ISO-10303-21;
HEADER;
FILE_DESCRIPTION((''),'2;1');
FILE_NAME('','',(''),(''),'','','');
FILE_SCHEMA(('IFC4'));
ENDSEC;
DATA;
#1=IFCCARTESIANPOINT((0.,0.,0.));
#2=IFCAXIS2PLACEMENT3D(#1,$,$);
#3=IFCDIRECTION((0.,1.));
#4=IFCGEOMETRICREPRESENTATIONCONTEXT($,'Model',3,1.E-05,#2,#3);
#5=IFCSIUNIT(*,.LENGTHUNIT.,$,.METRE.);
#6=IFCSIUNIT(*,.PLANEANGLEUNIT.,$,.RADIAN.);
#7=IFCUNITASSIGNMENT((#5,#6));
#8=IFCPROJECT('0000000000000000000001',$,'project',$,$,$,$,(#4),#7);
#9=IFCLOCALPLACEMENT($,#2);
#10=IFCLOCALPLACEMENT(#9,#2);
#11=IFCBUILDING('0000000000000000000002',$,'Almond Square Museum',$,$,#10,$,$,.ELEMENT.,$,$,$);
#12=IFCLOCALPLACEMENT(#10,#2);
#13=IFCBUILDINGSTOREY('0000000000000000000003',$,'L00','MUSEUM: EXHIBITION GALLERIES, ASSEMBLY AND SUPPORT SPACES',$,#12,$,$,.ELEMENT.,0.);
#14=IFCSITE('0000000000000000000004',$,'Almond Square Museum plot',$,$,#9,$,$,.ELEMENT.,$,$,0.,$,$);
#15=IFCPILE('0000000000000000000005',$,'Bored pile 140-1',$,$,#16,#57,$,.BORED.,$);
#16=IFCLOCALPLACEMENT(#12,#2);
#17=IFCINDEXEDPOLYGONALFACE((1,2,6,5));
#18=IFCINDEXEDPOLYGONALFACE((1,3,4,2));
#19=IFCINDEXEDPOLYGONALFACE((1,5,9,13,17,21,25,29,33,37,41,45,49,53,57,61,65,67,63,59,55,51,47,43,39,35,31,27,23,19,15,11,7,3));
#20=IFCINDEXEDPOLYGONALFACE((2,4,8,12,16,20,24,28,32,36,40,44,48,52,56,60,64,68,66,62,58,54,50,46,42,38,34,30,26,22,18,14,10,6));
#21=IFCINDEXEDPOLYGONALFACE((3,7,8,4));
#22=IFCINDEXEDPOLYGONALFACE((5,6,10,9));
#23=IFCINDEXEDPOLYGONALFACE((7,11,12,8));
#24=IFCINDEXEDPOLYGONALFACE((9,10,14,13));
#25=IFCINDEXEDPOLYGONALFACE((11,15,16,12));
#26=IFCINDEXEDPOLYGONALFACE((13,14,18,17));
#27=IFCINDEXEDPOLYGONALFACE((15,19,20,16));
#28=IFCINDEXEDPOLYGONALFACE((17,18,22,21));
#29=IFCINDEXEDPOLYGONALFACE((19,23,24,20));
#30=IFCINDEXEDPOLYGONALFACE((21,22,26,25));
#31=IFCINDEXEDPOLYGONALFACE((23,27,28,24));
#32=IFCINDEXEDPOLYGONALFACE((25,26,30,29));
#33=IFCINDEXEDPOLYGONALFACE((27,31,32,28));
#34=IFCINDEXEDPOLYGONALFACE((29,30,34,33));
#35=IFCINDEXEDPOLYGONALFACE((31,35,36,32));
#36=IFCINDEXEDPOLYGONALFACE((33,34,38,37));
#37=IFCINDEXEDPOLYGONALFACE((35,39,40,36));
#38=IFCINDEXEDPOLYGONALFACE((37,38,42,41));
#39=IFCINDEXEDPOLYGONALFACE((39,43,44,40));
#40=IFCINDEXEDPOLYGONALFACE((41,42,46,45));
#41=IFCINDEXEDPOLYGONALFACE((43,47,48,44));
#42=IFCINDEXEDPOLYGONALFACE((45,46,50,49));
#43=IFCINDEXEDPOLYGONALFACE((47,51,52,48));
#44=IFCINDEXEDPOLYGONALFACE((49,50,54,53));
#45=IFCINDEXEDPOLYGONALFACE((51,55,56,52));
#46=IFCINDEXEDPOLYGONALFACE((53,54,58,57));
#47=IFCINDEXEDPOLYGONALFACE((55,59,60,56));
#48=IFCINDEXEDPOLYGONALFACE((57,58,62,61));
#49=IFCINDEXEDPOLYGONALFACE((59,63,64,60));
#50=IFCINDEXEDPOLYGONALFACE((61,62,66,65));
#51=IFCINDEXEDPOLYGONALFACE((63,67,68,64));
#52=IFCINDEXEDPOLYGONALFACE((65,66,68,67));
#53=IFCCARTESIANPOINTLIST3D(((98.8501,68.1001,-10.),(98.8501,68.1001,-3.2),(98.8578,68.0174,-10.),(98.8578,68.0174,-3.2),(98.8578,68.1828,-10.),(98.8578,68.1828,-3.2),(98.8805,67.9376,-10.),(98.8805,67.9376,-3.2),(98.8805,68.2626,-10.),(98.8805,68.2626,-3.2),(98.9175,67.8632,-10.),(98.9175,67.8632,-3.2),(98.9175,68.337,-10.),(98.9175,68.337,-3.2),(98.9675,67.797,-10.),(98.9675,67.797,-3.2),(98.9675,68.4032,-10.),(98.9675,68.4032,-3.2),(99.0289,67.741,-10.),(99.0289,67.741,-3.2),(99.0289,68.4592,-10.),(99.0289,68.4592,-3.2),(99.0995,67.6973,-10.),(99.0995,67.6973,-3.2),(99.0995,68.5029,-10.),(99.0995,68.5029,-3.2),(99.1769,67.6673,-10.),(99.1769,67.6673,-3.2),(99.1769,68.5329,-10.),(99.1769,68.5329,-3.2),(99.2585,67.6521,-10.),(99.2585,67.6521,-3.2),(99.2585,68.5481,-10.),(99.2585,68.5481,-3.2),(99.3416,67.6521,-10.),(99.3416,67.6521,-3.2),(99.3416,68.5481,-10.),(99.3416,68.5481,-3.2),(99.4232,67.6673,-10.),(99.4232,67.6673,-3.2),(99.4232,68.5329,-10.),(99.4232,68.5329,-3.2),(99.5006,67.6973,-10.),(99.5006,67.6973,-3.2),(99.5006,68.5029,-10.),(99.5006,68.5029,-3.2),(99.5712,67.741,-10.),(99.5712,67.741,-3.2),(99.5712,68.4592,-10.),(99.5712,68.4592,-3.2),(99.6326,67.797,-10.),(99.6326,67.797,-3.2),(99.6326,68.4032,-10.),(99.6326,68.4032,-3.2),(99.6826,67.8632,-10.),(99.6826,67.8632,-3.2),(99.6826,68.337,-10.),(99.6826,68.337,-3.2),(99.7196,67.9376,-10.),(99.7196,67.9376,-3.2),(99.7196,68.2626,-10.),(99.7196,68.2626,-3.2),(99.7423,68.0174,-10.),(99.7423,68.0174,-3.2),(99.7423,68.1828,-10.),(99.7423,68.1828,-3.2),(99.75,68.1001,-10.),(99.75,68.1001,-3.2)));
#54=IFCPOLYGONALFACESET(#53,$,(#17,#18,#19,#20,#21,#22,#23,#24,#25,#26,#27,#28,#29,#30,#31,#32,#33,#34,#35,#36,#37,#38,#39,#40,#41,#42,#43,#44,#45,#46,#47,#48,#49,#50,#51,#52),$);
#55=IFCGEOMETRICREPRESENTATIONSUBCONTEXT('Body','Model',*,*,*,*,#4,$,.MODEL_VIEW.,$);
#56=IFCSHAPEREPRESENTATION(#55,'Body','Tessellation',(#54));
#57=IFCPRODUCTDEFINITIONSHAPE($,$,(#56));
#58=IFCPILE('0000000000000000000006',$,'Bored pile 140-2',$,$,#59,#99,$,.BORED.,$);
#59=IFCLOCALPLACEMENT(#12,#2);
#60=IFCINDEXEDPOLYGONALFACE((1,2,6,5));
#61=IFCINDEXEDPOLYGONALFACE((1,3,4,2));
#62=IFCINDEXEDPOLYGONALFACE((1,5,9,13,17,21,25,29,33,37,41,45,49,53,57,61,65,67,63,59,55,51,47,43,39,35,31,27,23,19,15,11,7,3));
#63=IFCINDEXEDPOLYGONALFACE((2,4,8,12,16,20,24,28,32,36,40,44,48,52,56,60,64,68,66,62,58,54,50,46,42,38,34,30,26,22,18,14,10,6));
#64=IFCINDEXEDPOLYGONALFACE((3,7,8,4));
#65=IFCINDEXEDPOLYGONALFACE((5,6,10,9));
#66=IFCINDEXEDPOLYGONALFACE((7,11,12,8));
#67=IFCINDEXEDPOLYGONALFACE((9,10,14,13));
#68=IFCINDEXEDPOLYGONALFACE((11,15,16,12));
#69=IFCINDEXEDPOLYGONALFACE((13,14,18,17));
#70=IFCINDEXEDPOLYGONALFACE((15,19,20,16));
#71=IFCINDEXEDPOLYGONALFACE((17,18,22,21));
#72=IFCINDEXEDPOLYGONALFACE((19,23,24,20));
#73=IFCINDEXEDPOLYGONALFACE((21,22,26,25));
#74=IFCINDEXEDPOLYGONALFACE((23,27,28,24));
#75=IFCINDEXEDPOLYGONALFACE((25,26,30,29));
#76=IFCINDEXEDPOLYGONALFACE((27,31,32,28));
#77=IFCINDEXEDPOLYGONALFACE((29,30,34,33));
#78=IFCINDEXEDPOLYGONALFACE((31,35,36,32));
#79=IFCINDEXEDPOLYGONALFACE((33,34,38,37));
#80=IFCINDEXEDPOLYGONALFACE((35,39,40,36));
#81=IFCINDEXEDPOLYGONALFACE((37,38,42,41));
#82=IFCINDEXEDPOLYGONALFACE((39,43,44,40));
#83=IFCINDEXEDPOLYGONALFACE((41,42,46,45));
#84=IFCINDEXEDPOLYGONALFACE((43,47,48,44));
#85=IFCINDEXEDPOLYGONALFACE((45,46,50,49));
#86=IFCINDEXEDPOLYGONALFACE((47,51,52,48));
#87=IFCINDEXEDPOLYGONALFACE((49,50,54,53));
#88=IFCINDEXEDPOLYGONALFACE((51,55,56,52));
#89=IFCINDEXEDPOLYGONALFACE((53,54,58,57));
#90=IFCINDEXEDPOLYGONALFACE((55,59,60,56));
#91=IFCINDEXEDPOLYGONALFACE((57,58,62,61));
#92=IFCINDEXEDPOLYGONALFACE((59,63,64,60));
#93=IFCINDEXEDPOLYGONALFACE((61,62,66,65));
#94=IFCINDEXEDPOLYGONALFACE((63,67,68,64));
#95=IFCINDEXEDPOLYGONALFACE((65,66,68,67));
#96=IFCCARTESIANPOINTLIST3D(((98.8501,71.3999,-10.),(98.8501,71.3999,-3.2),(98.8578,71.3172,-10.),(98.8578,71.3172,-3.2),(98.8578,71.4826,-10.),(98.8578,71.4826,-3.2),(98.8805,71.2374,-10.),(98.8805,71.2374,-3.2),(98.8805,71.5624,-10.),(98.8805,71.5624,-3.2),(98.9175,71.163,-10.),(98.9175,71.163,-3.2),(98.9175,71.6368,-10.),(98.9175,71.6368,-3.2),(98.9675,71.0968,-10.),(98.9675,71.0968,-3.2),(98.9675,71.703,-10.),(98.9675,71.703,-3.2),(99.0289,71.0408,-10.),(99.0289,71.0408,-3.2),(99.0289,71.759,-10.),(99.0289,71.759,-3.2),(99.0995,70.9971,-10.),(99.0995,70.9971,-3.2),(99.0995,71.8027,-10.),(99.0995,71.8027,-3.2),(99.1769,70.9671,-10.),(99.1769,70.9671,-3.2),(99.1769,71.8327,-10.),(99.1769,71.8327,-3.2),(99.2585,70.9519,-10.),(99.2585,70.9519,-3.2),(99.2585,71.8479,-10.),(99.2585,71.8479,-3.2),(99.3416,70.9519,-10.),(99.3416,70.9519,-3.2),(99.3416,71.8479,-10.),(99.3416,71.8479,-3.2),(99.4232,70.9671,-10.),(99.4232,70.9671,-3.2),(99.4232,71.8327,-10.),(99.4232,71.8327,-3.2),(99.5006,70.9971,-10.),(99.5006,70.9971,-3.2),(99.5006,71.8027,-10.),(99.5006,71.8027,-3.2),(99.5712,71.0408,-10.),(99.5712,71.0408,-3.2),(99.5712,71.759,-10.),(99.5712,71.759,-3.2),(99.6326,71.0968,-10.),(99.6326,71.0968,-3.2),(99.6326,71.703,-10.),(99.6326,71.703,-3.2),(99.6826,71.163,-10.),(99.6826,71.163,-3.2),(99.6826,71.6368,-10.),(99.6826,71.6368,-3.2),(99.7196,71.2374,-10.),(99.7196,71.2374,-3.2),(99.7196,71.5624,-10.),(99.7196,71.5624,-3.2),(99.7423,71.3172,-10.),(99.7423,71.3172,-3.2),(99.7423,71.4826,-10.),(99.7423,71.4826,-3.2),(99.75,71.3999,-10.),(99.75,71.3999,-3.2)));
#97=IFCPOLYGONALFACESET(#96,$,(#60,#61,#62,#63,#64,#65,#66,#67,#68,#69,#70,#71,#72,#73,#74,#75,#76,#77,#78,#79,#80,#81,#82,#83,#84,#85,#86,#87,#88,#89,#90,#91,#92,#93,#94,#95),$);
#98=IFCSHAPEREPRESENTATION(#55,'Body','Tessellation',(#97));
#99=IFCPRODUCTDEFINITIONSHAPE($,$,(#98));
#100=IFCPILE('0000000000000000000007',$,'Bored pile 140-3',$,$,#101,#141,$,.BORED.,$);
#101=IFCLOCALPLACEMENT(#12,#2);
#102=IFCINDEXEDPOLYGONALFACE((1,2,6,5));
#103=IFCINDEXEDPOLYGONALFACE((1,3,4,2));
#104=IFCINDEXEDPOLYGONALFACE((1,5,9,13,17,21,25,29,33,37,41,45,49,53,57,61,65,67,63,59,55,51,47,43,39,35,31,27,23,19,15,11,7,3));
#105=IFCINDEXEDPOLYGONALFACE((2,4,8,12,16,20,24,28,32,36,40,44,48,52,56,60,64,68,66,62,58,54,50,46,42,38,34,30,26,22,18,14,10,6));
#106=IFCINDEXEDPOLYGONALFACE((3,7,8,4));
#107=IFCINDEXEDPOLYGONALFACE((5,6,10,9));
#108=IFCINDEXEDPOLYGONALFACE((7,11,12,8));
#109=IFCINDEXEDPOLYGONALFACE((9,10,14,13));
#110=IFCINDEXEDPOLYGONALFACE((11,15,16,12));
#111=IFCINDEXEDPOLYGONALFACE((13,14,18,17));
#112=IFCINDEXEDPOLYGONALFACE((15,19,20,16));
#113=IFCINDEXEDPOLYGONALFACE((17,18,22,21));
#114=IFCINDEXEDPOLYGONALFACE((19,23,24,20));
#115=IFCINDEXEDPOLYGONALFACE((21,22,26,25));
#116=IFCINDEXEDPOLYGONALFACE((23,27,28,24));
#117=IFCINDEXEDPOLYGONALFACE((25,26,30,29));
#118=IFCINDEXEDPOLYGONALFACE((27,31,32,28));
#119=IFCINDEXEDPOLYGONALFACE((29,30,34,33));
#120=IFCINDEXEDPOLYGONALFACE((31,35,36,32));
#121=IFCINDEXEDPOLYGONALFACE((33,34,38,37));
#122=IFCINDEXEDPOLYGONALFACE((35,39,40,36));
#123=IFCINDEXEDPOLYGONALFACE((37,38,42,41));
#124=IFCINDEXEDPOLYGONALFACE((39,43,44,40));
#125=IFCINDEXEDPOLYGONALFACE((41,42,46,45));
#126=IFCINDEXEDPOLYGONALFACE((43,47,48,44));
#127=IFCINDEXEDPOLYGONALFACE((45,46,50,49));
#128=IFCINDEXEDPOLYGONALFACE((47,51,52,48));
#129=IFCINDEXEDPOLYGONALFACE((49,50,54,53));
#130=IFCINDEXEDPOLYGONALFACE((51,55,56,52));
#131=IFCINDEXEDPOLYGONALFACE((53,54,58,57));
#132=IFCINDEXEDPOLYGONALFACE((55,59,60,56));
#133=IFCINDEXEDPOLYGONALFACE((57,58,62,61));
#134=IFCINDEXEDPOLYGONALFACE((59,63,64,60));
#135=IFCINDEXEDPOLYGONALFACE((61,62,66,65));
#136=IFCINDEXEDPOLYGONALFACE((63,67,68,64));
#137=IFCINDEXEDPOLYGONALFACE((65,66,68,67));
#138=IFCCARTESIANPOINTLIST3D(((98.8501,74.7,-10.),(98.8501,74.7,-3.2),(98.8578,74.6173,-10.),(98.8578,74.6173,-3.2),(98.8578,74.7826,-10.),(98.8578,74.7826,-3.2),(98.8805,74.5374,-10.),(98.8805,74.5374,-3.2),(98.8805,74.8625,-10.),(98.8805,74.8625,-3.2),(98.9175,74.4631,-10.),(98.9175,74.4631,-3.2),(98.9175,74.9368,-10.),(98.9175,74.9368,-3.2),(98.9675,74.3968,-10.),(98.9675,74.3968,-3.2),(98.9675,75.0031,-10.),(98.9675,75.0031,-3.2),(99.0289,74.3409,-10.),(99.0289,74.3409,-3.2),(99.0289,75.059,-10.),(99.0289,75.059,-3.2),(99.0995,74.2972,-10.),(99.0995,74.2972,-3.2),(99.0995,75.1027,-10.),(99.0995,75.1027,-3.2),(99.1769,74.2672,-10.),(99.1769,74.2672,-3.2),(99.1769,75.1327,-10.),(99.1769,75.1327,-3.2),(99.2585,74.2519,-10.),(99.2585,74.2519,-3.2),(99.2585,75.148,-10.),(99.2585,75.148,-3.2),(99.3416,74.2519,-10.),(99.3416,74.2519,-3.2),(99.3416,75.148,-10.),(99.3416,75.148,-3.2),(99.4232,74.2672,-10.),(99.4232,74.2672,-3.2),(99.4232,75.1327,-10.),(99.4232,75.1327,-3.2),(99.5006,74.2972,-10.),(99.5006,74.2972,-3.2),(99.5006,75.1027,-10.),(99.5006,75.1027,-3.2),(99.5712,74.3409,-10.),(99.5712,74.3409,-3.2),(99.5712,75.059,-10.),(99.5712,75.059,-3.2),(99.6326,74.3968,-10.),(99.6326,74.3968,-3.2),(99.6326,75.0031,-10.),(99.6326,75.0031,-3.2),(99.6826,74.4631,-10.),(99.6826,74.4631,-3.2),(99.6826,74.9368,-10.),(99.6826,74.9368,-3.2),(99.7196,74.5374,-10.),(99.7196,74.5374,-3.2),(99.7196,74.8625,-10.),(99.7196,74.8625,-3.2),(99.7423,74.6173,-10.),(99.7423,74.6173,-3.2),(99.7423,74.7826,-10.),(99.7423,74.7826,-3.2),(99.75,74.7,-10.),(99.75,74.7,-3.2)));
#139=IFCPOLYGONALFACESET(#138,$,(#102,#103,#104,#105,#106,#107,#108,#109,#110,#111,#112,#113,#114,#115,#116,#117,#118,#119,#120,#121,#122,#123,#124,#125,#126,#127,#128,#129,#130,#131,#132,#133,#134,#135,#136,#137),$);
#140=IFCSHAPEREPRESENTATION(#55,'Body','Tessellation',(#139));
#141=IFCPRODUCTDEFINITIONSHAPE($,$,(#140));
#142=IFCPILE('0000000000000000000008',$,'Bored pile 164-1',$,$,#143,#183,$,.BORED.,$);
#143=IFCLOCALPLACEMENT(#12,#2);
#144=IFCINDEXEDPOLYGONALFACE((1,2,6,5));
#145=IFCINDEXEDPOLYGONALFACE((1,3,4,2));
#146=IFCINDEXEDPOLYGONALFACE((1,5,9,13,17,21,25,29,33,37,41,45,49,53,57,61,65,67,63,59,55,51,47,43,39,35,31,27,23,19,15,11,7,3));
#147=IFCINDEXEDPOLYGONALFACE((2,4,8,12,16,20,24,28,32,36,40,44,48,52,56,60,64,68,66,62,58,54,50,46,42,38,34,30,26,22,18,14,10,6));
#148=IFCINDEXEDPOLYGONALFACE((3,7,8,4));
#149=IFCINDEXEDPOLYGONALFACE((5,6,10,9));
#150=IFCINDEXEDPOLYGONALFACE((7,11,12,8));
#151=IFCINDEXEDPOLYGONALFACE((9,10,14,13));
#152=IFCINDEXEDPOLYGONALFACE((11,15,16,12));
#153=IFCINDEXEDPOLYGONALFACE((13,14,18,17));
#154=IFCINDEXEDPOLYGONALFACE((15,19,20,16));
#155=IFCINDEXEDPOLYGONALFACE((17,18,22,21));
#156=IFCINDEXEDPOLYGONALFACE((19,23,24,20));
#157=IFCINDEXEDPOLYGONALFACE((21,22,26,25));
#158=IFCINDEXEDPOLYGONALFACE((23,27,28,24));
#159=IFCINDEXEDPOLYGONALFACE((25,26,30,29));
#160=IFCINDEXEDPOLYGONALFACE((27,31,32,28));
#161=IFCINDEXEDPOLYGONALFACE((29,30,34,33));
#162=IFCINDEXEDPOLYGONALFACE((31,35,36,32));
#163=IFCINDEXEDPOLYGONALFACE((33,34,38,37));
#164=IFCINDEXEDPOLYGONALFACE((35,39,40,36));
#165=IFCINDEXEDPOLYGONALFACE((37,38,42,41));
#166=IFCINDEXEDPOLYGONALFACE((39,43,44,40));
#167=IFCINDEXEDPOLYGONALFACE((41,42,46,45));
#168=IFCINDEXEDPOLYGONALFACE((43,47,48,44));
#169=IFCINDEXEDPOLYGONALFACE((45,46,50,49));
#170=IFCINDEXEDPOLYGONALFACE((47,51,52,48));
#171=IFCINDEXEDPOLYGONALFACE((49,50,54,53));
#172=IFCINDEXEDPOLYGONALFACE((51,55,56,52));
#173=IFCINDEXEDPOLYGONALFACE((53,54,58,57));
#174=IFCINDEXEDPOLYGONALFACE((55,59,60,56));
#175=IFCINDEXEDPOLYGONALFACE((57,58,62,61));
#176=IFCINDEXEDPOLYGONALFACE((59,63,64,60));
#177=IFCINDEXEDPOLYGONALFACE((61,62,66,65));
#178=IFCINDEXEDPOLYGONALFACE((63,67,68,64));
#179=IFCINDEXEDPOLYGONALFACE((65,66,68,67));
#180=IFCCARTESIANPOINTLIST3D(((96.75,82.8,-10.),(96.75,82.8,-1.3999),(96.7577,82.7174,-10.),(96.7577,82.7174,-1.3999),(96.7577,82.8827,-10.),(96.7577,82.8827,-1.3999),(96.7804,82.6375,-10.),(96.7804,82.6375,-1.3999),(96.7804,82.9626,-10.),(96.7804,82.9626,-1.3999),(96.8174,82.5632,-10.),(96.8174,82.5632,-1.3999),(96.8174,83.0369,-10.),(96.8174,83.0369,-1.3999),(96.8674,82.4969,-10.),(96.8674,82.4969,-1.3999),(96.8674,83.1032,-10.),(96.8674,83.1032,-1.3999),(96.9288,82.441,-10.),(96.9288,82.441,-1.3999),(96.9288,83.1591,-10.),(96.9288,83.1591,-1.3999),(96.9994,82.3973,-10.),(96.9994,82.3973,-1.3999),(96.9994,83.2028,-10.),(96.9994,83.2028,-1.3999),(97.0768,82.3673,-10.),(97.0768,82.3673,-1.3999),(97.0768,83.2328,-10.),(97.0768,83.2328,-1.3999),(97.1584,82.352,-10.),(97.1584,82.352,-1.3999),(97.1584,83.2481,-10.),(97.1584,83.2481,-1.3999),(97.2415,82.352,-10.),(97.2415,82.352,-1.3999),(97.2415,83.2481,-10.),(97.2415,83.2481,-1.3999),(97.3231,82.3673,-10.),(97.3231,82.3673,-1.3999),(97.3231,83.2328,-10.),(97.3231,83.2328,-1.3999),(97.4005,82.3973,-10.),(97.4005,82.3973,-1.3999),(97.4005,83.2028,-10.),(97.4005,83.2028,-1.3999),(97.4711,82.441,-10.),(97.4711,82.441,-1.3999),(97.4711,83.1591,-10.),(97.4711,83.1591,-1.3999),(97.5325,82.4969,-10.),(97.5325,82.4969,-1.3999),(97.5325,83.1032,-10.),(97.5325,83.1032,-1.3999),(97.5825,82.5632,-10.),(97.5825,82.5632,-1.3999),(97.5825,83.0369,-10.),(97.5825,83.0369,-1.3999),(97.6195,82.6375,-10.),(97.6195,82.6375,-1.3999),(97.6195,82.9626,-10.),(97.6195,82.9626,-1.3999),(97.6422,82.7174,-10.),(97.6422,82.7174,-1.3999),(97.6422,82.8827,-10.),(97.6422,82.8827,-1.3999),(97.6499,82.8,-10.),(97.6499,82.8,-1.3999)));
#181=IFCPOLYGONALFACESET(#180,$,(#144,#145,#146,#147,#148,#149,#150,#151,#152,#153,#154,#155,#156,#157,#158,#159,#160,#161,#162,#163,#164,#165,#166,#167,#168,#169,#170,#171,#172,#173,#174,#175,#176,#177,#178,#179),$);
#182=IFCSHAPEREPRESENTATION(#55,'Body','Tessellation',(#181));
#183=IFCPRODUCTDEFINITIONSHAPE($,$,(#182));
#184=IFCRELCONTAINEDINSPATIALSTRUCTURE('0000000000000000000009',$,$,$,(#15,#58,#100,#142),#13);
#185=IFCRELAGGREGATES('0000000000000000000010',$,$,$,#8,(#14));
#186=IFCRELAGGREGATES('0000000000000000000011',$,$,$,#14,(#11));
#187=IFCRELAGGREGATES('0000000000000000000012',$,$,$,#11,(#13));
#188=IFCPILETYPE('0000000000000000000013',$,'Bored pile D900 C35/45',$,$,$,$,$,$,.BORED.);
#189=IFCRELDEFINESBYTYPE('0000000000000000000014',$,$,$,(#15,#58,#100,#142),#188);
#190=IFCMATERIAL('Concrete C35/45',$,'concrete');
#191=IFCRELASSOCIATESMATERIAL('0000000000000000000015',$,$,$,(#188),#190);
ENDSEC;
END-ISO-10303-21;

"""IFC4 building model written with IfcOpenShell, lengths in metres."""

from ifc_helpers import new_model, si_unit, direction, frame, origin, origin_2d, place, context, subcontext, project, spatial, circle, extrude, material, material_profile, profile_set, type_object, element, save


model = new_model("IFC4")

# Units and contexts
model_context = context("Model", 3, precision=1e-05, world=origin(), true_north=direction((0.0, 1.0)))
body_context = subcontext(model_context, "Body", "Model", "MODEL_VIEW")
ifc_project = project(units=[si_unit("LENGTHUNIT", "METRE"), si_unit("PLANEANGLEUNIT", "RADIAN")], contexts=[model_context])

# Site, building, storey
site_placement = place(None, origin())
site = spatial("IfcSite", under=ifc_project, at=site_placement, Name="Almond Square Museum plot", CompositionType="ELEMENT", RefElevation=0.0)
building_placement = place(site_placement, origin())
building = spatial("IfcBuilding", under=site, at=building_placement, Name="Almond Square Museum", CompositionType="ELEMENT")
storey_placement = place(building_placement, origin())
storey = spatial("IfcBuildingStorey", under=building, at=storey_placement, Name="L00", Description="MUSEUM: EXHIBITION GALLERIES, ASSEMBLY AND SUPPORT SPACES", CompositionType="ELEMENT", Elevation=0.0)

# Piles
ifc_material_1 = material(Name="Concrete C35/45", Category="concrete")
ifc_material_profile_1 = material_profile(ifc_material_1, circle(Radius=0.45, at=origin_2d()))
ifc_profile_set_1 = profile_set([ifc_material_profile_1], Name="Concrete C35/45")
pile_type = type_object("IfcPileType", Name="Bored pile D900 C35/45", PredefinedType="BORED", material=ifc_profile_set_1)
for number, where, z_axis, x_axis, name in (
    (1, (99.3, 68.1001, -3.2), (0.0, 0.0, -1.0), (1.0, 0.0, 0.0), "Bored pile 140-1"),
    (2, (99.3, 71.3999, -3.2), (0.0, 0.0, -1.0), (1.0, 0.0, 0.0), "Bored pile 140-2"),
    (3, (99.3, 74.7, -3.2), (0.0, 0.0, -1.0), (1.0, 0.0, 0.0), "Bored pile 140-3"),
):
    element("IfcPile", number, at=place(storey_placement, frame(where, z_axis=z_axis, x_axis=x_axis)), inside=storey, type_object=pile_type, Name=name, PredefinedType="BORED", context=body_context, shape_type="SweptSolid", body=[
        extrude(circle(Radius=0.45, at=origin_2d()), origin(), (0.0, 0.0, 1.0), 6.8),
    ])
for number, where, z_axis, x_axis, name in (
    (4, (97.2, 82.8, -1.3999), (0.0, 0.0, -1.0), (1.0, 0.0, 0.0), "Bored pile 164-1"),
):
    element("IfcPile", number, at=place(storey_placement, frame(where, z_axis=z_axis, x_axis=x_axis)), inside=storey, type_object=pile_type, Name=name, PredefinedType="BORED", context=body_context, shape_type="SweptSolid", body=[
        extrude(circle(Radius=0.45, at=origin_2d()), origin(), (0.0, 0.0, 1.0), 8.6001),
    ])

save(model, "model.ifc")
